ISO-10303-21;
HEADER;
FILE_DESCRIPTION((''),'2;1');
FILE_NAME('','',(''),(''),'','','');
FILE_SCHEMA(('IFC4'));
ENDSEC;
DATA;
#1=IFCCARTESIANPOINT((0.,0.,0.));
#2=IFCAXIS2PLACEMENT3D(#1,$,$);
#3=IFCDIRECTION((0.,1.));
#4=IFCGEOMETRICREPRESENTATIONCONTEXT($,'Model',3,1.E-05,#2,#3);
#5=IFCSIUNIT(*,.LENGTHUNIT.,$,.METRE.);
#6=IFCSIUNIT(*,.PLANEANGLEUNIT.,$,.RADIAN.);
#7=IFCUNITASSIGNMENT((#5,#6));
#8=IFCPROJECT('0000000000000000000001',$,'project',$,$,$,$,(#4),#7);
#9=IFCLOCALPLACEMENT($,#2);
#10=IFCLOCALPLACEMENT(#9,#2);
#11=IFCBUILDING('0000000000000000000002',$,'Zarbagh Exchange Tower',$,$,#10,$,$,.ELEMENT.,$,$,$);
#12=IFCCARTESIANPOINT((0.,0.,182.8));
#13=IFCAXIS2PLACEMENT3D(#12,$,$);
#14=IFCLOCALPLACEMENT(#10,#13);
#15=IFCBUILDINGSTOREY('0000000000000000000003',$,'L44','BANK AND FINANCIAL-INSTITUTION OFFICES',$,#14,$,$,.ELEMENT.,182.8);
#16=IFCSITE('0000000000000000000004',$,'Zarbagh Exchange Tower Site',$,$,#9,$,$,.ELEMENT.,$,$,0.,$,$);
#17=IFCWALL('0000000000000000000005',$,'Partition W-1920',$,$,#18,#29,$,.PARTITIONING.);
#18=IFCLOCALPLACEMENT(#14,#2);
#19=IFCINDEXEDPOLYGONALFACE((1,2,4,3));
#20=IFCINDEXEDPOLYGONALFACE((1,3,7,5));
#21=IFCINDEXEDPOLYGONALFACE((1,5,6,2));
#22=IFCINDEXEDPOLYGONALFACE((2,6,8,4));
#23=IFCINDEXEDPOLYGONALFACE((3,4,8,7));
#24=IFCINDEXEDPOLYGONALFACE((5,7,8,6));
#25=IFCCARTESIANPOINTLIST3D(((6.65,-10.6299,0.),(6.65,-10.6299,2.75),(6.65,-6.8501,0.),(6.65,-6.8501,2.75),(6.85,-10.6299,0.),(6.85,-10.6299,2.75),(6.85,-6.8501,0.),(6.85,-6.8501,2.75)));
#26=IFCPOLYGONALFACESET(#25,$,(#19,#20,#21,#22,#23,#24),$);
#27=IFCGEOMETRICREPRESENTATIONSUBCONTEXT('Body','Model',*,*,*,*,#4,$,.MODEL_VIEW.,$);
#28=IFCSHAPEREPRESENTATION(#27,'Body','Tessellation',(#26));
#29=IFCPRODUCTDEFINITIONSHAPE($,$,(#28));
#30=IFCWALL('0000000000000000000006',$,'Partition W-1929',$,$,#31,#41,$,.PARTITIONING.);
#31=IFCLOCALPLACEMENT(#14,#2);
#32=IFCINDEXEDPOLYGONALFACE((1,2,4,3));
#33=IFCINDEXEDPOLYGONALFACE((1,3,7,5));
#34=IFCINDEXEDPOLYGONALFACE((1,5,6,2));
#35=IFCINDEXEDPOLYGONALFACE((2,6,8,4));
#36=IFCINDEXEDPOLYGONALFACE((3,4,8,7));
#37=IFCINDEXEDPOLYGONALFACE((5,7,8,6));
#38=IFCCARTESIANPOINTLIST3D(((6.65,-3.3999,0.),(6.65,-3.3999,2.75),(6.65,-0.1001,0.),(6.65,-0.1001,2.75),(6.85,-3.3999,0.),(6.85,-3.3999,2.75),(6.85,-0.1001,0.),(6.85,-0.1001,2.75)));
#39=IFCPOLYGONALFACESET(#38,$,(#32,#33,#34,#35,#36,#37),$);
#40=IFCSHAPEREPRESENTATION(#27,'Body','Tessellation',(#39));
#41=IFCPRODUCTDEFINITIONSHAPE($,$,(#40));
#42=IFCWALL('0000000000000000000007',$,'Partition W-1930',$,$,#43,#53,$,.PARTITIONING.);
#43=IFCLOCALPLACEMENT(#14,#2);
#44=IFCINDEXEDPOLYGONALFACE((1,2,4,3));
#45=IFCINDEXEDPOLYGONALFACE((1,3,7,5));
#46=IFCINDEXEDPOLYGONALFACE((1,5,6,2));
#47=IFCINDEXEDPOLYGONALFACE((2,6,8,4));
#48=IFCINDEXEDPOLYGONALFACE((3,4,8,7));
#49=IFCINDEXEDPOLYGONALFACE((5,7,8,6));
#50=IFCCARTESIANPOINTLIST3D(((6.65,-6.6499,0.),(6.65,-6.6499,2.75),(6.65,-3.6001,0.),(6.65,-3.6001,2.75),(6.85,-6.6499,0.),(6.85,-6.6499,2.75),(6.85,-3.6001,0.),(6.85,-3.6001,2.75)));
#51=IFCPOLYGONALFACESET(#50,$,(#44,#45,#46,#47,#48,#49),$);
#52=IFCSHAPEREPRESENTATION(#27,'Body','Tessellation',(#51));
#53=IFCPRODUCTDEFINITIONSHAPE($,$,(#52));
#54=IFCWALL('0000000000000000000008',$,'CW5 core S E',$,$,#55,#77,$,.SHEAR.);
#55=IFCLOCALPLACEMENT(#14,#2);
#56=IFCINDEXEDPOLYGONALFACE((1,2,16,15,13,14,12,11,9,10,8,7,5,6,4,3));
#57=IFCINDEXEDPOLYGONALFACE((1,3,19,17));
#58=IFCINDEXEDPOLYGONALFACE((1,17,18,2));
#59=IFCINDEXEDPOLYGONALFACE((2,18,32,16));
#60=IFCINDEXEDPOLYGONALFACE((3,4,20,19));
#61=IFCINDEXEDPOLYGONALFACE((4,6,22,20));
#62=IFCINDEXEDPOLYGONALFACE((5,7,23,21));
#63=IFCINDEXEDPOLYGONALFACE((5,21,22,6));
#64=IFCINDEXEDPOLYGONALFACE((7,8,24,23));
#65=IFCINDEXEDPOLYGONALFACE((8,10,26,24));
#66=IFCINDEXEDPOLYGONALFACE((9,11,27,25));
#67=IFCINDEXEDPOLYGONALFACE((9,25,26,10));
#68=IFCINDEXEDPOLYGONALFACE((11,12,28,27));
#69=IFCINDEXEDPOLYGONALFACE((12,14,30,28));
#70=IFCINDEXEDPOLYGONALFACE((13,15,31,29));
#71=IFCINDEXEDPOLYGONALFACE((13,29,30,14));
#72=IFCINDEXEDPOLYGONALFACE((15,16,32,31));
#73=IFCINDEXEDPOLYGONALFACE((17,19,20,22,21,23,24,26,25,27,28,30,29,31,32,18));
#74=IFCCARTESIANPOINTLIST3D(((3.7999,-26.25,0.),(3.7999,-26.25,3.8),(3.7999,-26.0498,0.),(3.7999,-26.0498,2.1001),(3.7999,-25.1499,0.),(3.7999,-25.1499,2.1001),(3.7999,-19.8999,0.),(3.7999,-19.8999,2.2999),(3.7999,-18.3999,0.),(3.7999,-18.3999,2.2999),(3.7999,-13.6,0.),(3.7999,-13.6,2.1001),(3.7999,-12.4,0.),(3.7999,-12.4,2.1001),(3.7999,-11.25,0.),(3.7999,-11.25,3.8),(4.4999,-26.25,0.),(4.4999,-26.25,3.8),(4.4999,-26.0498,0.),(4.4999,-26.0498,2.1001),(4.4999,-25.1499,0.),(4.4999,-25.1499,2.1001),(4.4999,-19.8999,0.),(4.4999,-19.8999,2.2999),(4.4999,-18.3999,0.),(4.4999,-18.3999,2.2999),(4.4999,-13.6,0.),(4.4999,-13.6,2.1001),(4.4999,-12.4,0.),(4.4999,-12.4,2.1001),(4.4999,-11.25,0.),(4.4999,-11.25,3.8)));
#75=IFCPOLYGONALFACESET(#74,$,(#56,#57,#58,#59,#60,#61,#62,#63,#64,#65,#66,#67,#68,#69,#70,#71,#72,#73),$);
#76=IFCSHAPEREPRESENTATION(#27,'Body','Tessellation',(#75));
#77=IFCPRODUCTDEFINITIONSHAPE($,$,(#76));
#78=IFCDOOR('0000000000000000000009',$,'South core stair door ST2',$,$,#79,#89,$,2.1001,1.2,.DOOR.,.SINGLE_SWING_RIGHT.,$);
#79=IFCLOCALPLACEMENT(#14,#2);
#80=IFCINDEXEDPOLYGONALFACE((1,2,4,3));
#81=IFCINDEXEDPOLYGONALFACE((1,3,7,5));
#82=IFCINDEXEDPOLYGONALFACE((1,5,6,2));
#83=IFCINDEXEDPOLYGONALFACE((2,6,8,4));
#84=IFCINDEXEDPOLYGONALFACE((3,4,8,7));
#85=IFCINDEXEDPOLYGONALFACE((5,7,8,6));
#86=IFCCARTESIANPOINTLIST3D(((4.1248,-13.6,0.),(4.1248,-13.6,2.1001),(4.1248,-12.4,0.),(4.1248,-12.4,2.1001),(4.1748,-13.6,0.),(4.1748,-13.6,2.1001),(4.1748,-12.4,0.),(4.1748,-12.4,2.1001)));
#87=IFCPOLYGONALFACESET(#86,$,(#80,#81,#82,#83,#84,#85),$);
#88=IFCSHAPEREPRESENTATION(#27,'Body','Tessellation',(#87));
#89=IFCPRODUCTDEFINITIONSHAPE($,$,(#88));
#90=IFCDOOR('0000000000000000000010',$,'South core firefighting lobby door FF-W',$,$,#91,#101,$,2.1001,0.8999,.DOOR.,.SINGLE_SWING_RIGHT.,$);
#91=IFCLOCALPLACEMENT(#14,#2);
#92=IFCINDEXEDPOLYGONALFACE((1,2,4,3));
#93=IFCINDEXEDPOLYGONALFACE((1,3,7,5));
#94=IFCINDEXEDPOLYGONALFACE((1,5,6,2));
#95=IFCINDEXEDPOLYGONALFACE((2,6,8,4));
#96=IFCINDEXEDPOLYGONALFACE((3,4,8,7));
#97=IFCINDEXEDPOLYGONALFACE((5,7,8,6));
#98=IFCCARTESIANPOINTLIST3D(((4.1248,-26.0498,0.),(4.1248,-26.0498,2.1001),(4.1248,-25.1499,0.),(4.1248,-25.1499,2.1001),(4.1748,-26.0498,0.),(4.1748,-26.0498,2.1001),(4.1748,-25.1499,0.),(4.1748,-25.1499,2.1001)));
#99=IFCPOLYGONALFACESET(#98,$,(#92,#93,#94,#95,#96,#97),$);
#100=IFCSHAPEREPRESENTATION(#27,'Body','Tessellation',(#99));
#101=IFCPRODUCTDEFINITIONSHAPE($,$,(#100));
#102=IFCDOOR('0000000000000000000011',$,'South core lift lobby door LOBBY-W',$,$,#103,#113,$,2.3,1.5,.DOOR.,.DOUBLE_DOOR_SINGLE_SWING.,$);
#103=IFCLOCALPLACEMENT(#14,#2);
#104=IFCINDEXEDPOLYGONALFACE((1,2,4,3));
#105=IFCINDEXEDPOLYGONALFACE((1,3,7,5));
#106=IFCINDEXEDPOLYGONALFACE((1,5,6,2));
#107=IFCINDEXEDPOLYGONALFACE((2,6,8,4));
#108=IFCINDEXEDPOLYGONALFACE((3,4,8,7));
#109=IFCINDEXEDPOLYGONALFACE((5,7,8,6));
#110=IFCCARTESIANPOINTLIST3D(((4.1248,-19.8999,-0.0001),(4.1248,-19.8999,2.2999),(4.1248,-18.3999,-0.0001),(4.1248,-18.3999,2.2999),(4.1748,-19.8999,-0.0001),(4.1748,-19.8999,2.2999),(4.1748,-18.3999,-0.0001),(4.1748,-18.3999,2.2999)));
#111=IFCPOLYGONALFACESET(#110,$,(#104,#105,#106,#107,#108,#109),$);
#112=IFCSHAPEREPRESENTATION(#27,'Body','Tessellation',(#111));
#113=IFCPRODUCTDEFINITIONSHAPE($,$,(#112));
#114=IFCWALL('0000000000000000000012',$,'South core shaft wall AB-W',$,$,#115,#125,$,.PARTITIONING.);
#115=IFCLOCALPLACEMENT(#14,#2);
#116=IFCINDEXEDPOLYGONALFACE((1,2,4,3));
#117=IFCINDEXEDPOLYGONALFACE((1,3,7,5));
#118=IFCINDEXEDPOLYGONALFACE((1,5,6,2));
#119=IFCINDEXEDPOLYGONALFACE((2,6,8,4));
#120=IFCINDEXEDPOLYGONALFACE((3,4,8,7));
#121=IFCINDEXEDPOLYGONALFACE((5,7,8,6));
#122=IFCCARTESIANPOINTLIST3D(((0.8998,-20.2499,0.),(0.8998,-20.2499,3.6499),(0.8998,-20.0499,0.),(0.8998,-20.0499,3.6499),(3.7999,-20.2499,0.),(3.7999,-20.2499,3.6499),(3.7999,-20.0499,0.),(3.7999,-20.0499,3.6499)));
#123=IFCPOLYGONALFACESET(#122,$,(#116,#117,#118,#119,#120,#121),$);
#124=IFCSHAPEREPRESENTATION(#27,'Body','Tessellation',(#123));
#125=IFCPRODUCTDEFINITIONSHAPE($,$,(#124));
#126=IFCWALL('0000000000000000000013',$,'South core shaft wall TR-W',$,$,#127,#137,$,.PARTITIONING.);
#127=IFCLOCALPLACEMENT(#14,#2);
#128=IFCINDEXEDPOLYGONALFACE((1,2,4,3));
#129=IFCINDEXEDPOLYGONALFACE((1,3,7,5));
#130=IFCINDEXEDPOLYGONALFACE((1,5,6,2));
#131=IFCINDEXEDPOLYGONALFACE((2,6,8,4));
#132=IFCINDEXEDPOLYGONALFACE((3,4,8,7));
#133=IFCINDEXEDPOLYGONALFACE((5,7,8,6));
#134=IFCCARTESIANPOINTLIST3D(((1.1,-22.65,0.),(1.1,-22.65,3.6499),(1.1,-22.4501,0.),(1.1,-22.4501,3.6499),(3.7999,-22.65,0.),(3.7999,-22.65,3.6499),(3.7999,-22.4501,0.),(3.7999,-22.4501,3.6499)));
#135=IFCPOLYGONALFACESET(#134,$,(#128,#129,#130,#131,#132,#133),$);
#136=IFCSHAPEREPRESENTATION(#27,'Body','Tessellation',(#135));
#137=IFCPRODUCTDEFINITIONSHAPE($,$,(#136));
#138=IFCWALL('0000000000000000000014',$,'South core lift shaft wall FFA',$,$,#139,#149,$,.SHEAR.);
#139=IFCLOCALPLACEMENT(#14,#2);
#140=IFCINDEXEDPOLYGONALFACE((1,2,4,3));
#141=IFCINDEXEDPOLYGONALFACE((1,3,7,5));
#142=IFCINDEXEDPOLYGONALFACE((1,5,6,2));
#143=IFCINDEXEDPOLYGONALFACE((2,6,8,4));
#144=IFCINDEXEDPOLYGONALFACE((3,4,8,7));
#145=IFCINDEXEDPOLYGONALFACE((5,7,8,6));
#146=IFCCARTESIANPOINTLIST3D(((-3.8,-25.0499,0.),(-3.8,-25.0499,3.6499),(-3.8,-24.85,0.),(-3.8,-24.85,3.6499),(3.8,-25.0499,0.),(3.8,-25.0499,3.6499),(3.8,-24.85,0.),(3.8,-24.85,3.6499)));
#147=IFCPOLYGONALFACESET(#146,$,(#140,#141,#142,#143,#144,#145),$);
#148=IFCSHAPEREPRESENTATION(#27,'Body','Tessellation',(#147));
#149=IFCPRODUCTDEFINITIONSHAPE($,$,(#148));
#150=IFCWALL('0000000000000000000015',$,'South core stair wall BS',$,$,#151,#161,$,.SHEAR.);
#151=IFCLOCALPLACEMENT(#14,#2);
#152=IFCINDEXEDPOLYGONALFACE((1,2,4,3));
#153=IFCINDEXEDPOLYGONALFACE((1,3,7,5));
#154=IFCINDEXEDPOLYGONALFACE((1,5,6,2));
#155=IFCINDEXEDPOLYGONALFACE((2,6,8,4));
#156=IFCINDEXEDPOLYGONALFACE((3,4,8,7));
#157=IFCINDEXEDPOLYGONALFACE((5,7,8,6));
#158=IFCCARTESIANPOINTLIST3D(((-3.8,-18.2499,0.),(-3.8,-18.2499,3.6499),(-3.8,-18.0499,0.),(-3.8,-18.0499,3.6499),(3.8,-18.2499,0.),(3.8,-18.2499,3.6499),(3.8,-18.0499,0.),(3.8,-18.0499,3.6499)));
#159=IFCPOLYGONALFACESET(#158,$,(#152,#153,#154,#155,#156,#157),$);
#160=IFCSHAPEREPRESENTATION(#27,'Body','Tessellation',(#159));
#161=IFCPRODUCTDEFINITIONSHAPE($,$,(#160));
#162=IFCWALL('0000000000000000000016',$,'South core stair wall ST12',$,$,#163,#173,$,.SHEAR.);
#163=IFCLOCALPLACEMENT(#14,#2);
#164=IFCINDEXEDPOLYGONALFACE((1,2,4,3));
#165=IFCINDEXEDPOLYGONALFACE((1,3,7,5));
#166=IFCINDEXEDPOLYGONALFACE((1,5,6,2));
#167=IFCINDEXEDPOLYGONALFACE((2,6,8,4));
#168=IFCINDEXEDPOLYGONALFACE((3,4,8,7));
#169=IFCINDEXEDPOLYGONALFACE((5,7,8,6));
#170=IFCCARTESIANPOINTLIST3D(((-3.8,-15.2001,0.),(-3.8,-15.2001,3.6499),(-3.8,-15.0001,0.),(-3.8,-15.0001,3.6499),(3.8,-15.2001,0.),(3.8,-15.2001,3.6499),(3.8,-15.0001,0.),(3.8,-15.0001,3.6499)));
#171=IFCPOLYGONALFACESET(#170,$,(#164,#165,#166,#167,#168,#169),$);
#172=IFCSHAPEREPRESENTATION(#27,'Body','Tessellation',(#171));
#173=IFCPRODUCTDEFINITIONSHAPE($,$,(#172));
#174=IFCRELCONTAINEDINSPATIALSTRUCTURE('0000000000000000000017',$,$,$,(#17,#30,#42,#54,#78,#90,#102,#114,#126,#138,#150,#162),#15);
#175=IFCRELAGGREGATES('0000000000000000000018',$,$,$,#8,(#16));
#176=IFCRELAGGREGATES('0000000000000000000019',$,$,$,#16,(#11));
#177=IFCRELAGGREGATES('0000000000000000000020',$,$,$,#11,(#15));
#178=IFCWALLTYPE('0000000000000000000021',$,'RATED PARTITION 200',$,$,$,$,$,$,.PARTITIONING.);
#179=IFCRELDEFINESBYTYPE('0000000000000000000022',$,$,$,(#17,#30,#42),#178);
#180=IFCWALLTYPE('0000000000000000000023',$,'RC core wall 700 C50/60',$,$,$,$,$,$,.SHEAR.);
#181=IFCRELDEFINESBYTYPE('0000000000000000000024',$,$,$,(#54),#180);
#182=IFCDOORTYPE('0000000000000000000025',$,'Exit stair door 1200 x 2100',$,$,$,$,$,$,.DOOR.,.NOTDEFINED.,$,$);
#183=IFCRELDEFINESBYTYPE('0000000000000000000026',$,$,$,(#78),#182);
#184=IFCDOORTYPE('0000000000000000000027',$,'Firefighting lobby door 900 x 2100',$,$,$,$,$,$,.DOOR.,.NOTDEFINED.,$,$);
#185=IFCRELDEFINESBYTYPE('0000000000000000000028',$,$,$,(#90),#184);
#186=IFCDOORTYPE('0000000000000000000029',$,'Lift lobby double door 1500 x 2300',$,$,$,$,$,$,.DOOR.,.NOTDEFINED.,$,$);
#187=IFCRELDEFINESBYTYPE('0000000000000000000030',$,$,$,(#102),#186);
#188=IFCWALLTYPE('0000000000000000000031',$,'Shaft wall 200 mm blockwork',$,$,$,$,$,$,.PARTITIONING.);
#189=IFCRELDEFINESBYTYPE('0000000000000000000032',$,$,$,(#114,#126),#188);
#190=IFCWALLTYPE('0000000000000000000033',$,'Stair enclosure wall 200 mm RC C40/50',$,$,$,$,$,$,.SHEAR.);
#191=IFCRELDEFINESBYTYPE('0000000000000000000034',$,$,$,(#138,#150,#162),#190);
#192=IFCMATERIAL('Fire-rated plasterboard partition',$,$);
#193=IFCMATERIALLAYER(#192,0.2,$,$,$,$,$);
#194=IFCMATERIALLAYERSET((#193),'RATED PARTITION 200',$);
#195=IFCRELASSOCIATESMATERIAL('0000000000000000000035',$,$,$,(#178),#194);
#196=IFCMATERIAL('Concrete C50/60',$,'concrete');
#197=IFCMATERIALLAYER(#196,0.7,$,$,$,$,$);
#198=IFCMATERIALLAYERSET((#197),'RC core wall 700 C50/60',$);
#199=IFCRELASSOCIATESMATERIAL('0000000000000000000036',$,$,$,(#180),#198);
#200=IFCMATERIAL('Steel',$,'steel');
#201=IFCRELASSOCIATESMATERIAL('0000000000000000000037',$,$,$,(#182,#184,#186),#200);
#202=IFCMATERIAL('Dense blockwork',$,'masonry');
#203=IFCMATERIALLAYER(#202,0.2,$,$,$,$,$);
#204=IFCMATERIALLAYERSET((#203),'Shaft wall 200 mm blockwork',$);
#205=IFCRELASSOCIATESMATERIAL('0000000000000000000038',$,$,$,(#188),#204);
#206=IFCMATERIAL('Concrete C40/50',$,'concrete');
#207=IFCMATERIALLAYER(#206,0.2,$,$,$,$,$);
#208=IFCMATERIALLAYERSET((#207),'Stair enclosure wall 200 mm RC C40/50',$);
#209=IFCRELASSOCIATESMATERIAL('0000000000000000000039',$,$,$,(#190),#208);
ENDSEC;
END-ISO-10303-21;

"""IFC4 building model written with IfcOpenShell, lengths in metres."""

from ifc_helpers import new_model, si_unit, direction, frame, frame_2d, origin, place, context, subcontext, project, spatial, rectangle, extrude, material, layer, layer_set, type_object, element, fill, save


model = new_model("IFC4")

# Units and contexts
model_context = context("Model", 3, precision=1e-05, world=origin(), true_north=direction((0.0, 1.0)))
body_context = subcontext(model_context, "Body", "Model", "MODEL_VIEW")
ifc_project = project(units=[si_unit("LENGTHUNIT", "METRE"), si_unit("PLANEANGLEUNIT", "RADIAN")], contexts=[model_context])

# Site, building, storey
site_placement = place(None, origin())
site = spatial("IfcSite", under=ifc_project, at=site_placement, Name="Zarbagh Exchange Tower Site", CompositionType="ELEMENT", RefElevation=0.0)
building_placement = place(site_placement, origin())
building = spatial("IfcBuilding", under=site, at=building_placement, Name="Zarbagh Exchange Tower", CompositionType="ELEMENT")
storey_placement = place(building_placement, frame((0.0, 0.0, 182.8)))
storey = spatial("IfcBuildingStorey", under=building, at=storey_placement, Name="L44", Description="BANK AND FINANCIAL-INSTITUTION OFFICES", CompositionType="ELEMENT", Elevation=182.8)

# Shared definitions
ifc_material_1 = material(Name="Concrete C50/60", Category="concrete")

# Walls
ifc_material_2 = material(Name="Fire-rated plasterboard partition")
ifc_layer_1 = layer(ifc_material_2, 0.2)
ifc_layer_set_1 = layer_set([ifc_layer_1], Name="RATED PARTITION 200")
wall_type_1 = type_object("IfcWallType", Name="RATED PARTITION 200", PredefinedType="PARTITIONING", material=ifc_layer_set_1)
wall_1_placement = place(storey_placement, frame((6.75, -10.6299, 0.0), z_axis=(0.0, 0.0, 1.0), x_axis=(0.0, 1.0, 0.0)))
element("IfcWall", 1, at=wall_1_placement, inside=storey, type_object=wall_type_1, Name="Partition W-1920", PredefinedType="PARTITIONING", context=body_context, shape_type="SweptSolid", body=[
    extrude(rectangle(XDim=3.7798, YDim=0.2, at=frame_2d((1.8899, 0.0))), origin(), (0.0, 0.0, 1.0), 2.75),
])
wall_2_placement = place(storey_placement, frame((6.75, -3.3999, 0.0), z_axis=(0.0, 0.0, 1.0), x_axis=(0.0, 1.0, 0.0)))
element("IfcWall", 2, at=wall_2_placement, inside=storey, type_object=wall_type_1, Name="Partition W-1929", PredefinedType="PARTITIONING", context=body_context, shape_type="SweptSolid", body=[
    extrude(rectangle(XDim=3.2998, YDim=0.2, at=frame_2d((1.6499, 0.0))), origin(), (0.0, 0.0, 1.0), 2.75),
])
wall_3_placement = place(storey_placement, frame((6.75, -6.6499, 0.0), z_axis=(0.0, 0.0, 1.0), x_axis=(0.0, 1.0, 0.0)))
element("IfcWall", 3, at=wall_3_placement, inside=storey, type_object=wall_type_1, Name="Partition W-1930", PredefinedType="PARTITIONING", context=body_context, shape_type="SweptSolid", body=[
    extrude(rectangle(XDim=3.0498, YDim=0.2, at=frame_2d((1.5249, 0.0))), origin(), (0.0, 0.0, 1.0), 2.75),
])

# Wall, openings, doors
ifc_layer_2 = layer(ifc_material_1, 0.7)
ifc_layer_set_2 = layer_set([ifc_layer_2], Name="RC core wall 700 C50/60")
wall_type_2 = type_object("IfcWallType", Name="RC core wall 700 C50/60", PredefinedType="SHEAR", material=ifc_layer_set_2)
wall_4_placement = place(storey_placement, frame((4.1499, -11.25, 0.0), z_axis=(0.0, 0.0, 1.0), x_axis=(0.0, -1.0, 0.0)))
wall_4 = element("IfcWall", 4, at=wall_4_placement, inside=storey, type_object=wall_type_2, Name="CW5 core S E", PredefinedType="SHEAR", context=body_context, shape_type="SweptSolid", body=[
    extrude(rectangle(XDim=15.0, YDim=0.7, at=frame_2d((7.5, 0.0))), origin(), (0.0, 0.0, 1.0), 3.8),
])
opening_1_placement = place(wall_4_placement, frame((7.1499, 0.0, 0.0)))
opening_1 = element("IfcOpeningElement", 5, at=opening_1_placement, cuts=wall_4, PredefinedType="OPENING", context=body_context, shape_type="SweptSolid", body=[
    extrude(rectangle(XDim=1.5, YDim=2.3, at=frame_2d((0.75, 1.1499))), frame((0.0, 0.3599, 0.0), z_axis=(0.0, -1.0, 0.0), x_axis=(1.0, 0.0, 0.0)), (0.0, 0.0, 1.0), 0.72),
])
opening_2_placement = place(wall_4_placement, frame((13.8999, 0.0, 0.0)))
opening_2 = element("IfcOpeningElement", 6, at=opening_2_placement, cuts=wall_4, PredefinedType="OPENING", context=body_context, shape_type="SweptSolid", body=[
    extrude(rectangle(XDim=0.8999, YDim=2.1001, at=frame_2d((0.45, 1.05))), frame((0.0, 0.3599, 0.0), z_axis=(0.0, -1.0, 0.0), x_axis=(1.0, 0.0, 0.0)), (0.0, 0.0, 1.0), 0.72),
])
opening_3_placement = place(wall_4_placement, frame((1.1499, 0.0, 0.0)))
opening_3 = element("IfcOpeningElement", 7, at=opening_3_placement, cuts=wall_4, PredefinedType="OPENING", context=body_context, shape_type="SweptSolid", body=[
    extrude(rectangle(XDim=1.2, YDim=2.1001, at=frame_2d((0.6001, 1.05))), frame((0.0, 0.3599, 0.0), z_axis=(0.0, -1.0, 0.0), x_axis=(1.0, 0.0, 0.0)), (0.0, 0.0, 1.0), 0.72),
])
ifc_material_3 = material(Name="Steel", Category="steel")
door_type_1 = type_object("IfcDoorType", Name="Exit stair door 1200 x 2100", OperationType="NOTDEFINED", PredefinedType="DOOR", material=ifc_material_3)
door_1_placement = place(opening_3_placement, origin())
door_1 = element("IfcDoor", 8, at=door_1_placement, inside=storey, type_object=door_type_1, Name="South core stair door ST2", OperationType="SINGLE_SWING_RIGHT", OverallHeight=2.1001, OverallWidth=1.2, PredefinedType="DOOR", context=body_context, shape_type="SweptSolid", body=[
    extrude(rectangle(XDim=1.2, YDim=2.1001, at=frame_2d((0.6001, 1.05))), frame((0.0, 0.0249, 0.0), z_axis=(0.0, -1.0, 0.0), x_axis=(1.0, 0.0, 0.0)), (0.0, 0.0, 1.0), 0.05),
])
fill(opening_3, door_1)
door_type_2 = type_object("IfcDoorType", Name="Firefighting lobby door 900 x 2100", OperationType="NOTDEFINED", PredefinedType="DOOR", material=ifc_material_3)
door_2_placement = place(opening_2_placement, origin())
door_2 = element("IfcDoor", 9, at=door_2_placement, inside=storey, type_object=door_type_2, Name="South core firefighting lobby door FF-W", OperationType="SINGLE_SWING_RIGHT", OverallHeight=2.1001, OverallWidth=0.8999, PredefinedType="DOOR", context=body_context, shape_type="SweptSolid", body=[
    extrude(rectangle(XDim=0.8999, YDim=2.1001, at=frame_2d((0.45, 1.05))), frame((0.0, 0.0249, 0.0), z_axis=(0.0, -1.0, 0.0), x_axis=(1.0, 0.0, 0.0)), (0.0, 0.0, 1.0), 0.05),
])
fill(opening_2, door_2)
door_type_3 = type_object("IfcDoorType", Name="Lift lobby double door 1500 x 2300", OperationType="NOTDEFINED", PredefinedType="DOOR", material=ifc_material_3)
door_3_placement = place(opening_1_placement, origin())
door_3 = element("IfcDoor", 10, at=door_3_placement, inside=storey, type_object=door_type_3, Name="South core lift lobby door LOBBY-W", OperationType="DOUBLE_DOOR_SINGLE_SWING", OverallHeight=2.3, OverallWidth=1.5, PredefinedType="DOOR", context=body_context, shape_type="SweptSolid", body=[
    extrude(rectangle(XDim=1.5, YDim=2.3, at=frame_2d((0.75, 1.1499))), frame((0.0, 0.0249, 0.0), z_axis=(0.0, -1.0, 0.0), x_axis=(1.0, 0.0, 0.0)), (0.0, 0.0, 1.0), 0.05),
])
fill(opening_1, door_3)

# Walls
ifc_material_4 = material(Name="Dense blockwork", Category="masonry")
ifc_layer_3 = layer(ifc_material_4, 0.2)
ifc_layer_set_3 = layer_set([ifc_layer_3], Name="Shaft wall 200 mm blockwork")
wall_type_3 = type_object("IfcWallType", Name="Shaft wall 200 mm blockwork", PredefinedType="PARTITIONING", material=ifc_layer_set_3)
wall_5_placement = place(storey_placement, frame((3.8, -20.1499, 0.0), z_axis=(0.0, 0.0, 1.0), x_axis=(-1.0, 0.0, 0.0)))
element("IfcWall", 11, at=wall_5_placement, inside=storey, type_object=wall_type_3, Name="South core shaft wall AB-W", PredefinedType="PARTITIONING", context=body_context, shape_type="SweptSolid", body=[
    extrude(rectangle(XDim=2.9001, YDim=0.2, at=frame_2d((1.4502, 0.0))), origin(), (0.0, 0.0, 1.0), 3.6499),
])
wall_6_placement = place(storey_placement, frame((3.8, -22.55, 0.0), z_axis=(0.0, 0.0, 1.0), x_axis=(-1.0, 0.0, 0.0)))
element("IfcWall", 12, at=wall_6_placement, inside=storey, type_object=wall_type_3, Name="South core shaft wall TR-W", PredefinedType="PARTITIONING", context=body_context, shape_type="SweptSolid", body=[
    extrude(rectangle(XDim=2.7, YDim=0.2, at=frame_2d((1.3501, 0.0))), origin(), (0.0, 0.0, 1.0), 3.6499),
])
ifc_material_5 = material(Name="Concrete C40/50", Category="concrete")
ifc_layer_4 = layer(ifc_material_5, 0.2)
ifc_layer_set_4 = layer_set([ifc_layer_4], Name="Stair enclosure wall 200 mm RC C40/50")
wall_type_4 = type_object("IfcWallType", Name="Stair enclosure wall 200 mm RC C40/50", PredefinedType="SHEAR", material=ifc_layer_set_4)
for number, where, z_axis, x_axis, name in (
    (13, (3.8, -24.95, 0.0), (0.0, 0.0, 1.0), (-1.0, 0.0, 0.0), "South core lift shaft wall FFA"),
    (14, (3.8, -18.1499, 0.0), (0.0, 0.0, 1.0), (-1.0, 0.0, 0.0), "South core stair wall BS"),
    (15, (3.8, -15.1001, 0.0), (0.0, 0.0, 1.0), (-1.0, 0.0, 0.0), "South core stair wall ST12"),
):
    element("IfcWall", number, at=place(storey_placement, frame(where, z_axis=z_axis, x_axis=x_axis)), inside=storey, type_object=wall_type_4, Name=name, PredefinedType="SHEAR", context=body_context, shape_type="SweptSolid", body=[
        extrude(rectangle(XDim=7.6001, YDim=0.2, at=frame_2d((3.8, 0.0))), origin(), (0.0, 0.0, 1.0), 3.6499),
    ])

save(model, "model.ifc")
